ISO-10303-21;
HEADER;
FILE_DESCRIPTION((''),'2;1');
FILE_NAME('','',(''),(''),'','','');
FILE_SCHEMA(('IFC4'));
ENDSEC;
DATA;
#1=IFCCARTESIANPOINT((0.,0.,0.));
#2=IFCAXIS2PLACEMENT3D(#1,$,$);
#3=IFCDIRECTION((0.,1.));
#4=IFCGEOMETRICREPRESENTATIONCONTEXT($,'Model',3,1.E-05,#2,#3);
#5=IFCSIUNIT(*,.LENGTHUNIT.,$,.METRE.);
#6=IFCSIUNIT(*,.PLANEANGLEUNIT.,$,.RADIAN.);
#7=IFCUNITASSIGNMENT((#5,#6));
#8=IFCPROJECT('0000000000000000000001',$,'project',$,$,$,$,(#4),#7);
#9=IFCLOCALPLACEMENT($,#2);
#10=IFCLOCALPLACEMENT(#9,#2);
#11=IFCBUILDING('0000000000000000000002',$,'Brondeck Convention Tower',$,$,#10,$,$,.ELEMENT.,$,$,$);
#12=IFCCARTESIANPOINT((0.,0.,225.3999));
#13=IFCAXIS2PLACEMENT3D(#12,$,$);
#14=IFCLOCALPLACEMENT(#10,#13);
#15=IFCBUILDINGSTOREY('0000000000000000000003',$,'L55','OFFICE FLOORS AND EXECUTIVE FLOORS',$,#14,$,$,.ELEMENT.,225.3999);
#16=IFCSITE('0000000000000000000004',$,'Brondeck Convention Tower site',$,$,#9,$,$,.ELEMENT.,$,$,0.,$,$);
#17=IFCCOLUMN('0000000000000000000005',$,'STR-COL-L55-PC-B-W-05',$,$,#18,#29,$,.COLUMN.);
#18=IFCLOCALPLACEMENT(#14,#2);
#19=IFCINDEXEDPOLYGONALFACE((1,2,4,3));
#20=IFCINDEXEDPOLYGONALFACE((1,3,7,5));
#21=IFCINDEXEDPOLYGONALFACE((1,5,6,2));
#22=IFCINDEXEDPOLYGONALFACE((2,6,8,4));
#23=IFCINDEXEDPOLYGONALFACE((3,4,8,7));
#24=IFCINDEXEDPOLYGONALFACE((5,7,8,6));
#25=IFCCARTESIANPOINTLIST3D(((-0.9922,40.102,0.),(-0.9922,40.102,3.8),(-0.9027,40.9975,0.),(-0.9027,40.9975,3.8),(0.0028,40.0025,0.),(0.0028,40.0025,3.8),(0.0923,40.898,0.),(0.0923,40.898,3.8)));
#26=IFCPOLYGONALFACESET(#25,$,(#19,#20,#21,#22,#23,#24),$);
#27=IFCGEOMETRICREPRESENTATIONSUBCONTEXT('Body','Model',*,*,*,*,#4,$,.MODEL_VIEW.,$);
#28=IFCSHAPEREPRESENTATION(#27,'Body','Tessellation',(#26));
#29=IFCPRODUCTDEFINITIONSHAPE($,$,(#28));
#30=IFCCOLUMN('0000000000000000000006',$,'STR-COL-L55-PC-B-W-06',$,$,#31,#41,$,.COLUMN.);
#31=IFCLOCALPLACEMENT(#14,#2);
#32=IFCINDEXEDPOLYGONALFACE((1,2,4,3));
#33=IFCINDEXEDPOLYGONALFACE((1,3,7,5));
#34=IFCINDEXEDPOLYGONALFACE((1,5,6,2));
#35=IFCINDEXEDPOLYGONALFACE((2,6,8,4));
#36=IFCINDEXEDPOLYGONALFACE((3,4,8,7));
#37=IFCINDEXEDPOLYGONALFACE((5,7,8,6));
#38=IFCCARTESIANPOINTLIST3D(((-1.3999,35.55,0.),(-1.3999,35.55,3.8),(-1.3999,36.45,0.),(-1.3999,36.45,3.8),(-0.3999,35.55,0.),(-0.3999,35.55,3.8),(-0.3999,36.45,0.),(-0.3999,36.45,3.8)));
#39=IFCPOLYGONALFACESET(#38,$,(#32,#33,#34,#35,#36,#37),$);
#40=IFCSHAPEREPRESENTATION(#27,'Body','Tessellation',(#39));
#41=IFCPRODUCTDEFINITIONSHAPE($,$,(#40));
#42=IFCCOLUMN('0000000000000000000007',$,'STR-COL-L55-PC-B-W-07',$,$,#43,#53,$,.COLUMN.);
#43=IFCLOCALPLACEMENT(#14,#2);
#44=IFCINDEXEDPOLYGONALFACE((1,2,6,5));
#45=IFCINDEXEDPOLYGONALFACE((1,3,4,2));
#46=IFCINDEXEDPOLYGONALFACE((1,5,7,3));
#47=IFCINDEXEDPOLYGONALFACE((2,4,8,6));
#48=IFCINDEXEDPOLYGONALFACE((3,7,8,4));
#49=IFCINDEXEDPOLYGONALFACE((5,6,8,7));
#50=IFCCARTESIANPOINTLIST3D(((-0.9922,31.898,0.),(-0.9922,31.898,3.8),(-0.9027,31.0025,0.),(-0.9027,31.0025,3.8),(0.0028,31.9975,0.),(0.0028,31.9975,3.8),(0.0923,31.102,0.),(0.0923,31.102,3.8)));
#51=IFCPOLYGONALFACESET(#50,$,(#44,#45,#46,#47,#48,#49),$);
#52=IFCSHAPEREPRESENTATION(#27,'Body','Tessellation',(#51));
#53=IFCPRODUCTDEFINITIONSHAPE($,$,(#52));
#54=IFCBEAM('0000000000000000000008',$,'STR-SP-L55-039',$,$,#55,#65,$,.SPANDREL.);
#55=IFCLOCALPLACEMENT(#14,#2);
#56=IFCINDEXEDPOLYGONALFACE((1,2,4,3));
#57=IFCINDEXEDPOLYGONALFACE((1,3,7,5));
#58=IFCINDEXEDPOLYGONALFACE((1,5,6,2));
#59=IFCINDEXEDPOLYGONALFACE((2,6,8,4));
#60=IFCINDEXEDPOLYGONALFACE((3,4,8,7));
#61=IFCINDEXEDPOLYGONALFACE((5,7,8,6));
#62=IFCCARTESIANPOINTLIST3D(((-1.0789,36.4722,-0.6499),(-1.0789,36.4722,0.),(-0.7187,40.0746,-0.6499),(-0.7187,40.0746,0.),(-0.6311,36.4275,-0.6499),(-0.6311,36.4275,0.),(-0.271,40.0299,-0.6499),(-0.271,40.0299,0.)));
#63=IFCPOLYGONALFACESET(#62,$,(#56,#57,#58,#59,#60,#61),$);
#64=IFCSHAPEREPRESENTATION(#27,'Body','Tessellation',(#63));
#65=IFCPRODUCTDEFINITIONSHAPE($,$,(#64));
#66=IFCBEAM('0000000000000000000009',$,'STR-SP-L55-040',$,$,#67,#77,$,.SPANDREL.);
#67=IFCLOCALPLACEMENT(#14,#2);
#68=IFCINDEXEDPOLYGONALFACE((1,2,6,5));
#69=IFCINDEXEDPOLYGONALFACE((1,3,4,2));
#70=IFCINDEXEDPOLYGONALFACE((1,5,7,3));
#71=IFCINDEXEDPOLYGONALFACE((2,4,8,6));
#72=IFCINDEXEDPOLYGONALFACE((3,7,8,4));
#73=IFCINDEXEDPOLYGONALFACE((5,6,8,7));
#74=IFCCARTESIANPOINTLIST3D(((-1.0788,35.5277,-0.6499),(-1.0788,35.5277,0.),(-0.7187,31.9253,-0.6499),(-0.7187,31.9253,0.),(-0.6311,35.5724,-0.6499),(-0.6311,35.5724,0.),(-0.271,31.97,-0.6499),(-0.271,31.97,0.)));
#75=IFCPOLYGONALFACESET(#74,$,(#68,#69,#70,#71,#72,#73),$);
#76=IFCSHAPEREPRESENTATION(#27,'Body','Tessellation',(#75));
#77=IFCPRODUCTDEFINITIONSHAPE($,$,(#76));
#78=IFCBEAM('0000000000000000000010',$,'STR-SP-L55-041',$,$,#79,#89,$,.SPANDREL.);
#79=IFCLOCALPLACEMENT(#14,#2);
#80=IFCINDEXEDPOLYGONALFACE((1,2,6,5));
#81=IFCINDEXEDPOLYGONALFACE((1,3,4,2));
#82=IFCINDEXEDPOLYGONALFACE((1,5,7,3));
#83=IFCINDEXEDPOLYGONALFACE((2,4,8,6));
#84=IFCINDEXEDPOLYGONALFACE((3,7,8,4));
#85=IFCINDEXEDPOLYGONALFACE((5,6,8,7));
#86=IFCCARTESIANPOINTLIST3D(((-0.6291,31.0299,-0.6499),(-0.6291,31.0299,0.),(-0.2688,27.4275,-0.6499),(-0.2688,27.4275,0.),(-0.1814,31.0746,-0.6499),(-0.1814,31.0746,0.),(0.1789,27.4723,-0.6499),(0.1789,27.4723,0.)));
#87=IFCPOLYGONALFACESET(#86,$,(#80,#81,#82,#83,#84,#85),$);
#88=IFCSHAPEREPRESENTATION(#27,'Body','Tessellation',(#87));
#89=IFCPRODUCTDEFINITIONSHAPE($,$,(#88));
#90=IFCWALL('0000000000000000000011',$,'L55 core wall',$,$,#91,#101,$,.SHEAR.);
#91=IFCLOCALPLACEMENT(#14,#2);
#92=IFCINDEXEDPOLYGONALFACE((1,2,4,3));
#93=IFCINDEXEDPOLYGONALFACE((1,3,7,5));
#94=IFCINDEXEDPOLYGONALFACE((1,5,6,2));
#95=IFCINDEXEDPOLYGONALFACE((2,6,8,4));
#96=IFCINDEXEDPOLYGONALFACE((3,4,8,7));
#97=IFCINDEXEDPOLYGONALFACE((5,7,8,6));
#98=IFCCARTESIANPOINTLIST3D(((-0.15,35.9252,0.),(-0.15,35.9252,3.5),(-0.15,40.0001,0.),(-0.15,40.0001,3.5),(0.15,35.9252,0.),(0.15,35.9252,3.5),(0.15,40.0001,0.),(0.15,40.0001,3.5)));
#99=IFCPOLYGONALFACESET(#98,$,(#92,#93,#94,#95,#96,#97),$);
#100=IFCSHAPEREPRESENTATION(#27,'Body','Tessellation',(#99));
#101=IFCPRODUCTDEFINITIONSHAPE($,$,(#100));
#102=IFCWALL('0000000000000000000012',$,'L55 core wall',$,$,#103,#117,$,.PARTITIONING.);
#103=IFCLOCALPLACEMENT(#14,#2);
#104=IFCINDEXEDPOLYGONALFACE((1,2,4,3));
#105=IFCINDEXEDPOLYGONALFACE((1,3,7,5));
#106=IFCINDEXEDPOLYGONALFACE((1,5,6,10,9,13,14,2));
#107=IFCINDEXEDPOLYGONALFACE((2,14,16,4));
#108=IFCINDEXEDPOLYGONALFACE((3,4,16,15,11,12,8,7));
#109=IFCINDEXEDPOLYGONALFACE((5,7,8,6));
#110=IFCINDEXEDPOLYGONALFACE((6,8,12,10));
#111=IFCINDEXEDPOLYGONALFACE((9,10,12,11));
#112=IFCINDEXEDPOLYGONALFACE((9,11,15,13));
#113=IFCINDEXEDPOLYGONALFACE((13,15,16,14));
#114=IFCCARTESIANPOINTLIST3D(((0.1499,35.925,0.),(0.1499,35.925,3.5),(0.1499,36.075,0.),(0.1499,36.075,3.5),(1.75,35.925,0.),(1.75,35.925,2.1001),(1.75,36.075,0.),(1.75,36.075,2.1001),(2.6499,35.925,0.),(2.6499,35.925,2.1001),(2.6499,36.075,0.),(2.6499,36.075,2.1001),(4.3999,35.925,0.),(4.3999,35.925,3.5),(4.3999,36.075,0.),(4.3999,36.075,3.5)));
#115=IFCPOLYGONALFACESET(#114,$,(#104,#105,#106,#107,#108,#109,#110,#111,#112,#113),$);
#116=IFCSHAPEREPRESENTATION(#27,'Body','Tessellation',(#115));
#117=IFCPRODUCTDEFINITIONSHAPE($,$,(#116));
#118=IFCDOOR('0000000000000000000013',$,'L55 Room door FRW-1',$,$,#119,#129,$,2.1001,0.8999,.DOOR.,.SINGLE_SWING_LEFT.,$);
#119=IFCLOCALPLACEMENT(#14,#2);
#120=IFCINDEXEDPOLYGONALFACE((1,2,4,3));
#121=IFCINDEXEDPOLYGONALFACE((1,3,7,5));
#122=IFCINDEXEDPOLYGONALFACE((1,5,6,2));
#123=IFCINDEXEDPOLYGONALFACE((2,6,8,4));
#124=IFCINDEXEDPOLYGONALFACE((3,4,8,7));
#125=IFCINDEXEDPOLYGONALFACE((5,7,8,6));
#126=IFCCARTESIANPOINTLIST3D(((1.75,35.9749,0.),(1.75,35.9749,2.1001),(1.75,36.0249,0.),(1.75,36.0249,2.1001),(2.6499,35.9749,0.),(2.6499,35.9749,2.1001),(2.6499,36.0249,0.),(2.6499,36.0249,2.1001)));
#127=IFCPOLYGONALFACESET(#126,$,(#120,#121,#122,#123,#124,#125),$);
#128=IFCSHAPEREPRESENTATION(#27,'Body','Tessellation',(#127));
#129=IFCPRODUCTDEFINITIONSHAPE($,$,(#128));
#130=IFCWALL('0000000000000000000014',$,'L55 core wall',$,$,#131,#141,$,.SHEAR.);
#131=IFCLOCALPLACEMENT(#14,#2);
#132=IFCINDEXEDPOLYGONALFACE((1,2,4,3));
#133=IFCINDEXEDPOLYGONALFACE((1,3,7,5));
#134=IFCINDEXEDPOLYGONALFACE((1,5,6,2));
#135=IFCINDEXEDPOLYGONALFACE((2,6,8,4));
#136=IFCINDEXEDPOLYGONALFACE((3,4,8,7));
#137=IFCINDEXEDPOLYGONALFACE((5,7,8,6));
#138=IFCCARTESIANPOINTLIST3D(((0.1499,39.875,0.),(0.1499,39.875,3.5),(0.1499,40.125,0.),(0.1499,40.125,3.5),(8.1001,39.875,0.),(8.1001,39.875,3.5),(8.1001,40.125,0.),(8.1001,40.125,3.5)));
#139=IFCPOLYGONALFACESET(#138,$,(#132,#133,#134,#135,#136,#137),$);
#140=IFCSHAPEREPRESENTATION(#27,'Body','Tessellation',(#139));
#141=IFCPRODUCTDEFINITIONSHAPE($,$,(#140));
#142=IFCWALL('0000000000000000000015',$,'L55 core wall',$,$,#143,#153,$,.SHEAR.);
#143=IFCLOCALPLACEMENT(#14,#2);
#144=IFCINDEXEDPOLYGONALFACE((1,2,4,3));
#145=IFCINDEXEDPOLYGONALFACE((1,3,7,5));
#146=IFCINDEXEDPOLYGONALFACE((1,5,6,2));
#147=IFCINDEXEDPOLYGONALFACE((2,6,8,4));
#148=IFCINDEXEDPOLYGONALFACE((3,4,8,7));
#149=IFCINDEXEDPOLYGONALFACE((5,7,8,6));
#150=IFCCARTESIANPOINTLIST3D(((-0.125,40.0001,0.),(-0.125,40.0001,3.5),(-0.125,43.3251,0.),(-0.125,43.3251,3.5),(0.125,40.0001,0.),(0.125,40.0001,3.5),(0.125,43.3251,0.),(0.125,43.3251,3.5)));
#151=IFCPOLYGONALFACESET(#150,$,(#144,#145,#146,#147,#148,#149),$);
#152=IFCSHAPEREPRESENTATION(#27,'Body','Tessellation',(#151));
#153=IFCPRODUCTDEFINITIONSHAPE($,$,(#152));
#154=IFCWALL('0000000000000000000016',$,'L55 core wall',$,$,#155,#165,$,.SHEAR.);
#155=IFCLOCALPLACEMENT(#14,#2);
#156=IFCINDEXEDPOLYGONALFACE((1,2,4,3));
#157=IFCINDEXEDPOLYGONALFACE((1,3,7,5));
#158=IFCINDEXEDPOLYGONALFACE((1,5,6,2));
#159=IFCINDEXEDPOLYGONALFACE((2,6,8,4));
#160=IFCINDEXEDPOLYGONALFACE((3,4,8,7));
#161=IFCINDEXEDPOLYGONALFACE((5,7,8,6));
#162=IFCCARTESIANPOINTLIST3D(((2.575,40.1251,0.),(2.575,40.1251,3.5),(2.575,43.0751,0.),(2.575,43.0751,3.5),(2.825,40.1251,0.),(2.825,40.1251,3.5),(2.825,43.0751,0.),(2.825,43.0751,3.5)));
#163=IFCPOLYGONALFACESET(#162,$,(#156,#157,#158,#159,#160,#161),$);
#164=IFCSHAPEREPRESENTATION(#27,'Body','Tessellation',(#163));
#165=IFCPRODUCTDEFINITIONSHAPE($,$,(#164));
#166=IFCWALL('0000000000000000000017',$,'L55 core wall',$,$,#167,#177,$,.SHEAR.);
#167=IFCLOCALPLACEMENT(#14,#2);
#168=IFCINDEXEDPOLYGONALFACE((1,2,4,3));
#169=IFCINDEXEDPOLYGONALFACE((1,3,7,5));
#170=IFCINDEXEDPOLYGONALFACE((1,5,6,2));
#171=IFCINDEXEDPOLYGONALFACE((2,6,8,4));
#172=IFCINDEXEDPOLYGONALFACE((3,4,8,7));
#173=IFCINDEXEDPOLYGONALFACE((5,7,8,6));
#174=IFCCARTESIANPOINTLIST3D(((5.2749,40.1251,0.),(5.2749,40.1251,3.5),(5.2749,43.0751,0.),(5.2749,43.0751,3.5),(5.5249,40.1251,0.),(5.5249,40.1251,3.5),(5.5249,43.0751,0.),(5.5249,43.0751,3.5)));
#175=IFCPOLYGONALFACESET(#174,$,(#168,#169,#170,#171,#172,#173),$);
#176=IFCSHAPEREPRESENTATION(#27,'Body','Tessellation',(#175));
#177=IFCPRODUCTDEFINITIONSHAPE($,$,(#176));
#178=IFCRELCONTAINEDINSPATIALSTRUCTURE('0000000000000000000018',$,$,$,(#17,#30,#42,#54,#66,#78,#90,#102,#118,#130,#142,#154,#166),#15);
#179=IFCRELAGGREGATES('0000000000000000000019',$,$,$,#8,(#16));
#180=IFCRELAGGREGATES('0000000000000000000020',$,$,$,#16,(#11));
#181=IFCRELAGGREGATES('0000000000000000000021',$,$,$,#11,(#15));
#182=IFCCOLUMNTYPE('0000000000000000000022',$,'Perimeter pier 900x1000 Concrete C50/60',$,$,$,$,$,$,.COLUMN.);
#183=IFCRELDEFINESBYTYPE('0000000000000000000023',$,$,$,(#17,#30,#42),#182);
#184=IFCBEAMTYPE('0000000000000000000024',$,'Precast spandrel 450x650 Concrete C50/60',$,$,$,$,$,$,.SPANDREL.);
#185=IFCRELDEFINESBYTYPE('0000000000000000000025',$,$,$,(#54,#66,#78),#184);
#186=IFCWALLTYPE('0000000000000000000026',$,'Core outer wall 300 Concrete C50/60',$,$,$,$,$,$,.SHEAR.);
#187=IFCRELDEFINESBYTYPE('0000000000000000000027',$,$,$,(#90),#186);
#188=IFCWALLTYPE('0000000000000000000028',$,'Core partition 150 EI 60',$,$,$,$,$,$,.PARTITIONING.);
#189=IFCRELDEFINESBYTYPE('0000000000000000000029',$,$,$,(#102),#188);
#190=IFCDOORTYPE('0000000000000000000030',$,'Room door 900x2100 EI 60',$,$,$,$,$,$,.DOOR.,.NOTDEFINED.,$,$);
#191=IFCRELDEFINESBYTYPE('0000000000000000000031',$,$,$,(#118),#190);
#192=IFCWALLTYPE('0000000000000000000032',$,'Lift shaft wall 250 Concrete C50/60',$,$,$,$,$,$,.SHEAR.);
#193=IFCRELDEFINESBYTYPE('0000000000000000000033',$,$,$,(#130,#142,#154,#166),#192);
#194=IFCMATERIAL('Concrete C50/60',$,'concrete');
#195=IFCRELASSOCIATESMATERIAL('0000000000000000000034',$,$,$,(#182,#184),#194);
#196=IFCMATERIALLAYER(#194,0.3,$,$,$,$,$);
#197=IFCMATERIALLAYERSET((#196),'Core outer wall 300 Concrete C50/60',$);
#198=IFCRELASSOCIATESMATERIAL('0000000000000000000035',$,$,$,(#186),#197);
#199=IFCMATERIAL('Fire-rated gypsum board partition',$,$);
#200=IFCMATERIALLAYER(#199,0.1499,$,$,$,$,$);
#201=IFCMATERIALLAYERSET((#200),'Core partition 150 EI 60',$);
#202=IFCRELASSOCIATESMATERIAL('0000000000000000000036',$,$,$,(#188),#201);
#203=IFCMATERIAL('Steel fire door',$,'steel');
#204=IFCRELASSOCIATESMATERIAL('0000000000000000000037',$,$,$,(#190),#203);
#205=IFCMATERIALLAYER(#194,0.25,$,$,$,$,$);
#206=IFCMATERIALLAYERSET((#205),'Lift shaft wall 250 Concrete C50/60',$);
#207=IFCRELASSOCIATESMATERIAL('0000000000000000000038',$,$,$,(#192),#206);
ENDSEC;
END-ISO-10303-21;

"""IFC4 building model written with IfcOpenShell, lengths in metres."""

from ifc_helpers import new_model, si_unit, direction, frame, frame_2d, origin, origin_2d, place, context, subcontext, project, spatial, rectangle, extrude, material, layer, layer_set, material_profile, profile_set, type_object, element, fill, save


model = new_model("IFC4")

# Units and contexts
model_context = context("Model", 3, precision=1e-05, world=origin(), true_north=direction((0.0, 1.0)))
body_context = subcontext(model_context, "Body", "Model", "MODEL_VIEW")
ifc_project = project(units=[si_unit("LENGTHUNIT", "METRE"), si_unit("PLANEANGLEUNIT", "RADIAN")], contexts=[model_context])

# Site, building, storey
site_placement = place(None, origin())
site = spatial("IfcSite", under=ifc_project, at=site_placement, Name="Brondeck Convention Tower site", CompositionType="ELEMENT", RefElevation=0.0)
building_placement = place(site_placement, origin())
building = spatial("IfcBuilding", under=site, at=building_placement, Name="Brondeck Convention Tower", CompositionType="ELEMENT")
storey_placement = place(building_placement, frame((0.0, 0.0, 225.3999)))
storey = spatial("IfcBuildingStorey", under=building, at=storey_placement, Name="L55", Description="OFFICE FLOORS AND EXECUTIVE FLOORS", CompositionType="ELEMENT", Elevation=225.3999)

# Columns
ifc_material_1 = material(Name="Concrete C50/60", Category="concrete")
ifc_material_profile_1 = material_profile(ifc_material_1, rectangle(XDim=0.8999, YDim=1.0, at=origin_2d()), Name="Perimeter pier 900x1000 Concrete C50/60")
ifc_profile_set_1 = profile_set([ifc_material_profile_1], Name="Concrete C50/60")
column_type = type_object("IfcColumnType", Name="Perimeter pier 900x1000 Concrete C50/60", PredefinedType="COLUMN", material=ifc_profile_set_1)
for number, where, z_axis, x_axis, name in (
    (1, (-0.45, 40.5, 0.0), (0.0, 0.0, 1.0), (-0.099504, -0.995037, 0.0), "STR-COL-L55-PC-B-W-05"),
    (2, (-0.8999, 36.0, 0.0), (0.0, 0.0, 1.0), (0.0, -1.0, 0.0), "STR-COL-L55-PC-B-W-06"),
    (3, (-0.45, 31.5, 0.0), (0.0, 0.0, 1.0), (0.099504, -0.995037, 0.0), "STR-COL-L55-PC-B-W-07"),
):
    element("IfcColumn", number, at=place(storey_placement, frame(where, z_axis=z_axis, x_axis=x_axis)), inside=storey, type_object=column_type, Name=name, PredefinedType="COLUMN", context=body_context, shape_type="SweptSolid", body=[
        extrude(rectangle(XDim=0.8999, YDim=1.0, at=origin_2d()), origin(), (0.0, 0.0, 1.0), 3.8),
    ])

# Beams
ifc_material_profile_2 = material_profile(ifc_material_1, rectangle(XDim=0.45, YDim=0.6499, at=origin_2d()), Name="Precast spandrel 450x650 Concrete C50/60")
ifc_profile_set_2 = profile_set([ifc_material_profile_2], Name="Concrete C50/60")
beam_type = type_object("IfcBeamType", Name="Precast spandrel 450x650 Concrete C50/60", PredefinedType="SPANDREL", material=ifc_profile_set_2)
for number, where, z_axis, x_axis, name in (
    (4, (-0.4949, 40.0522, -0.325), (-0.09947, -0.995041, 0.0), (0.995041, -0.09947, 0.0), "STR-SP-L55-039"),
    (5, (-0.855, 35.55, -0.325), (0.09947, -0.995041, 0.0), (0.995041, 0.09947, 0.0), "STR-SP-L55-040"),
    (6, (-0.4053, 31.0522, -0.325), (0.099537, -0.995034, 0.0), (0.995034, 0.099537, 0.0), "STR-SP-L55-041"),
):
    element("IfcBeam", number, at=place(storey_placement, frame(where, z_axis=z_axis, x_axis=x_axis)), inside=storey, type_object=beam_type, Name=name, PredefinedType="SPANDREL", context=body_context, shape_type="SweptSolid", body=[
        extrude(rectangle(XDim=0.45, YDim=0.6499, at=origin_2d()), origin(), (0.0, 0.0, 1.0), 3.6204),
    ])

# Wall
ifc_layer_1 = layer(ifc_material_1, 0.3)
ifc_layer_set_1 = layer_set([ifc_layer_1], Name="Core outer wall 300 Concrete C50/60")
wall_type_1 = type_object("IfcWallType", Name="Core outer wall 300 Concrete C50/60", PredefinedType="SHEAR", material=ifc_layer_set_1)
wall_1_placement = place(storey_placement, frame((0.0, 35.925, 0.0), z_axis=(0.0, 0.0, 1.0), x_axis=(0.0, 1.0, 0.0)))
element("IfcWall", 7, at=wall_1_placement, inside=storey, type_object=wall_type_1, Name="L55 core wall", PredefinedType="SHEAR", context=body_context, shape_type="SweptSolid", body=[
    extrude(rectangle(XDim=4.075, YDim=0.3, at=frame_2d((2.0376, 0.0))), origin(), (0.0, 0.0, 1.0), 3.5),
])

# Wall, opening, door
ifc_material_2 = material(Name="Fire-rated gypsum board partition")
ifc_layer_2 = layer(ifc_material_2, 0.1499)
ifc_layer_set_2 = layer_set([ifc_layer_2], Name="Core partition 150 EI 60")
wall_type_2 = type_object("IfcWallType", Name="Core partition 150 EI 60", PredefinedType="PARTITIONING", material=ifc_layer_set_2)
wall_2_placement = place(storey_placement, frame((0.1499, 36.0, 0.0), z_axis=(0.0, 0.0, 1.0), x_axis=(1.0, 0.0, 0.0)))
wall_2 = element("IfcWall", 8, at=wall_2_placement, inside=storey, type_object=wall_type_2, Name="L55 core wall", PredefinedType="PARTITIONING", context=body_context, shape_type="SweptSolid", body=[
    extrude(rectangle(XDim=4.25, YDim=0.1499, at=frame_2d((2.125, 0.0))), origin(), (0.0, 0.0, 1.0), 3.5),
])
opening_1_placement = place(wall_2_placement, frame((1.6001, 0.0, 0.0)))
opening_1 = element("IfcOpeningElement", 9, at=opening_1_placement, cuts=wall_2, PredefinedType="OPENING", context=body_context, shape_type="SweptSolid", body=[
    extrude(rectangle(XDim=0.8999, YDim=2.1001, at=frame_2d((0.45, 1.05))), frame((0.0, 0.085, 0.0), z_axis=(0.0, -1.0, 0.0), x_axis=(1.0, 0.0, 0.0)), (0.0, 0.0, 1.0), 0.1699),
])
ifc_material_3 = material(Name="Steel fire door", Category="steel")
door_type_1 = type_object("IfcDoorType", Name="Room door 900x2100 EI 60", OperationType="NOTDEFINED", PredefinedType="DOOR", material=ifc_material_3)
door_1_placement = place(opening_1_placement, origin())
door_1 = element("IfcDoor", 10, at=door_1_placement, inside=storey, type_object=door_type_1, Name="L55 Room door FRW-1", OperationType="SINGLE_SWING_LEFT", OverallHeight=2.1001, OverallWidth=0.8999, PredefinedType="DOOR", context=body_context, shape_type="SweptSolid", body=[
    extrude(rectangle(XDim=0.8999, YDim=2.1001, at=frame_2d((0.45, 1.05))), frame((0.0, 0.0249, 0.0), z_axis=(0.0, -1.0, 0.0), x_axis=(1.0, 0.0, 0.0)), (0.0, 0.0, 1.0), 0.05),
])
fill(opening_1, door_1)

# Walls
ifc_layer_3 = layer(ifc_material_1, 0.25)
ifc_layer_set_3 = layer_set([ifc_layer_3], Name="Lift shaft wall 250 Concrete C50/60")
wall_type_3 = type_object("IfcWallType", Name="Lift shaft wall 250 Concrete C50/60", PredefinedType="SHEAR", material=ifc_layer_set_3)
wall_3_placement = place(storey_placement, frame((0.1499, 40.0, 0.0), z_axis=(0.0, 0.0, 1.0), x_axis=(1.0, 0.0, 0.0)))
element("IfcWall", 11, at=wall_3_placement, inside=storey, type_object=wall_type_3, Name="L55 core wall", PredefinedType="SHEAR", context=body_context, shape_type="SweptSolid", body=[
    extrude(rectangle(XDim=7.9502, YDim=0.25, at=frame_2d((3.9751, 0.0))), origin(), (0.0, 0.0, 1.0), 3.5),
])
wall_4_placement = place(storey_placement, frame((0.0, 40.0, 0.0), z_axis=(0.0, 0.0, 1.0), x_axis=(0.0, 1.0, 0.0)))
element("IfcWall", 12, at=wall_4_placement, inside=storey, type_object=wall_type_3, Name="L55 core wall", PredefinedType="SHEAR", context=body_context, shape_type="SweptSolid", body=[
    extrude(rectangle(XDim=3.325, YDim=0.25, at=frame_2d((1.6626, 0.0))), origin(), (0.0, 0.0, 1.0), 3.5),
])
for number, where, z_axis, x_axis, name in (
    (13, (2.7, 40.125, 0.0), (0.0, 0.0, 1.0), (0.0, 1.0, 0.0), "L55 core wall"),
    (14, (5.3999, 40.125, 0.0), (0.0, 0.0, 1.0), (0.0, 1.0, 0.0), "L55 core wall"),
):
    element("IfcWall", number, at=place(storey_placement, frame(where, z_axis=z_axis, x_axis=x_axis)), inside=storey, type_object=wall_type_3, Name=name, PredefinedType="SHEAR", context=body_context, shape_type="SweptSolid", body=[
        extrude(rectangle(XDim=2.95, YDim=0.25, at=frame_2d((1.4751, 0.0))), origin(), (0.0, 0.0, 1.0), 3.5),
    ])

save(model, "model.ifc")
